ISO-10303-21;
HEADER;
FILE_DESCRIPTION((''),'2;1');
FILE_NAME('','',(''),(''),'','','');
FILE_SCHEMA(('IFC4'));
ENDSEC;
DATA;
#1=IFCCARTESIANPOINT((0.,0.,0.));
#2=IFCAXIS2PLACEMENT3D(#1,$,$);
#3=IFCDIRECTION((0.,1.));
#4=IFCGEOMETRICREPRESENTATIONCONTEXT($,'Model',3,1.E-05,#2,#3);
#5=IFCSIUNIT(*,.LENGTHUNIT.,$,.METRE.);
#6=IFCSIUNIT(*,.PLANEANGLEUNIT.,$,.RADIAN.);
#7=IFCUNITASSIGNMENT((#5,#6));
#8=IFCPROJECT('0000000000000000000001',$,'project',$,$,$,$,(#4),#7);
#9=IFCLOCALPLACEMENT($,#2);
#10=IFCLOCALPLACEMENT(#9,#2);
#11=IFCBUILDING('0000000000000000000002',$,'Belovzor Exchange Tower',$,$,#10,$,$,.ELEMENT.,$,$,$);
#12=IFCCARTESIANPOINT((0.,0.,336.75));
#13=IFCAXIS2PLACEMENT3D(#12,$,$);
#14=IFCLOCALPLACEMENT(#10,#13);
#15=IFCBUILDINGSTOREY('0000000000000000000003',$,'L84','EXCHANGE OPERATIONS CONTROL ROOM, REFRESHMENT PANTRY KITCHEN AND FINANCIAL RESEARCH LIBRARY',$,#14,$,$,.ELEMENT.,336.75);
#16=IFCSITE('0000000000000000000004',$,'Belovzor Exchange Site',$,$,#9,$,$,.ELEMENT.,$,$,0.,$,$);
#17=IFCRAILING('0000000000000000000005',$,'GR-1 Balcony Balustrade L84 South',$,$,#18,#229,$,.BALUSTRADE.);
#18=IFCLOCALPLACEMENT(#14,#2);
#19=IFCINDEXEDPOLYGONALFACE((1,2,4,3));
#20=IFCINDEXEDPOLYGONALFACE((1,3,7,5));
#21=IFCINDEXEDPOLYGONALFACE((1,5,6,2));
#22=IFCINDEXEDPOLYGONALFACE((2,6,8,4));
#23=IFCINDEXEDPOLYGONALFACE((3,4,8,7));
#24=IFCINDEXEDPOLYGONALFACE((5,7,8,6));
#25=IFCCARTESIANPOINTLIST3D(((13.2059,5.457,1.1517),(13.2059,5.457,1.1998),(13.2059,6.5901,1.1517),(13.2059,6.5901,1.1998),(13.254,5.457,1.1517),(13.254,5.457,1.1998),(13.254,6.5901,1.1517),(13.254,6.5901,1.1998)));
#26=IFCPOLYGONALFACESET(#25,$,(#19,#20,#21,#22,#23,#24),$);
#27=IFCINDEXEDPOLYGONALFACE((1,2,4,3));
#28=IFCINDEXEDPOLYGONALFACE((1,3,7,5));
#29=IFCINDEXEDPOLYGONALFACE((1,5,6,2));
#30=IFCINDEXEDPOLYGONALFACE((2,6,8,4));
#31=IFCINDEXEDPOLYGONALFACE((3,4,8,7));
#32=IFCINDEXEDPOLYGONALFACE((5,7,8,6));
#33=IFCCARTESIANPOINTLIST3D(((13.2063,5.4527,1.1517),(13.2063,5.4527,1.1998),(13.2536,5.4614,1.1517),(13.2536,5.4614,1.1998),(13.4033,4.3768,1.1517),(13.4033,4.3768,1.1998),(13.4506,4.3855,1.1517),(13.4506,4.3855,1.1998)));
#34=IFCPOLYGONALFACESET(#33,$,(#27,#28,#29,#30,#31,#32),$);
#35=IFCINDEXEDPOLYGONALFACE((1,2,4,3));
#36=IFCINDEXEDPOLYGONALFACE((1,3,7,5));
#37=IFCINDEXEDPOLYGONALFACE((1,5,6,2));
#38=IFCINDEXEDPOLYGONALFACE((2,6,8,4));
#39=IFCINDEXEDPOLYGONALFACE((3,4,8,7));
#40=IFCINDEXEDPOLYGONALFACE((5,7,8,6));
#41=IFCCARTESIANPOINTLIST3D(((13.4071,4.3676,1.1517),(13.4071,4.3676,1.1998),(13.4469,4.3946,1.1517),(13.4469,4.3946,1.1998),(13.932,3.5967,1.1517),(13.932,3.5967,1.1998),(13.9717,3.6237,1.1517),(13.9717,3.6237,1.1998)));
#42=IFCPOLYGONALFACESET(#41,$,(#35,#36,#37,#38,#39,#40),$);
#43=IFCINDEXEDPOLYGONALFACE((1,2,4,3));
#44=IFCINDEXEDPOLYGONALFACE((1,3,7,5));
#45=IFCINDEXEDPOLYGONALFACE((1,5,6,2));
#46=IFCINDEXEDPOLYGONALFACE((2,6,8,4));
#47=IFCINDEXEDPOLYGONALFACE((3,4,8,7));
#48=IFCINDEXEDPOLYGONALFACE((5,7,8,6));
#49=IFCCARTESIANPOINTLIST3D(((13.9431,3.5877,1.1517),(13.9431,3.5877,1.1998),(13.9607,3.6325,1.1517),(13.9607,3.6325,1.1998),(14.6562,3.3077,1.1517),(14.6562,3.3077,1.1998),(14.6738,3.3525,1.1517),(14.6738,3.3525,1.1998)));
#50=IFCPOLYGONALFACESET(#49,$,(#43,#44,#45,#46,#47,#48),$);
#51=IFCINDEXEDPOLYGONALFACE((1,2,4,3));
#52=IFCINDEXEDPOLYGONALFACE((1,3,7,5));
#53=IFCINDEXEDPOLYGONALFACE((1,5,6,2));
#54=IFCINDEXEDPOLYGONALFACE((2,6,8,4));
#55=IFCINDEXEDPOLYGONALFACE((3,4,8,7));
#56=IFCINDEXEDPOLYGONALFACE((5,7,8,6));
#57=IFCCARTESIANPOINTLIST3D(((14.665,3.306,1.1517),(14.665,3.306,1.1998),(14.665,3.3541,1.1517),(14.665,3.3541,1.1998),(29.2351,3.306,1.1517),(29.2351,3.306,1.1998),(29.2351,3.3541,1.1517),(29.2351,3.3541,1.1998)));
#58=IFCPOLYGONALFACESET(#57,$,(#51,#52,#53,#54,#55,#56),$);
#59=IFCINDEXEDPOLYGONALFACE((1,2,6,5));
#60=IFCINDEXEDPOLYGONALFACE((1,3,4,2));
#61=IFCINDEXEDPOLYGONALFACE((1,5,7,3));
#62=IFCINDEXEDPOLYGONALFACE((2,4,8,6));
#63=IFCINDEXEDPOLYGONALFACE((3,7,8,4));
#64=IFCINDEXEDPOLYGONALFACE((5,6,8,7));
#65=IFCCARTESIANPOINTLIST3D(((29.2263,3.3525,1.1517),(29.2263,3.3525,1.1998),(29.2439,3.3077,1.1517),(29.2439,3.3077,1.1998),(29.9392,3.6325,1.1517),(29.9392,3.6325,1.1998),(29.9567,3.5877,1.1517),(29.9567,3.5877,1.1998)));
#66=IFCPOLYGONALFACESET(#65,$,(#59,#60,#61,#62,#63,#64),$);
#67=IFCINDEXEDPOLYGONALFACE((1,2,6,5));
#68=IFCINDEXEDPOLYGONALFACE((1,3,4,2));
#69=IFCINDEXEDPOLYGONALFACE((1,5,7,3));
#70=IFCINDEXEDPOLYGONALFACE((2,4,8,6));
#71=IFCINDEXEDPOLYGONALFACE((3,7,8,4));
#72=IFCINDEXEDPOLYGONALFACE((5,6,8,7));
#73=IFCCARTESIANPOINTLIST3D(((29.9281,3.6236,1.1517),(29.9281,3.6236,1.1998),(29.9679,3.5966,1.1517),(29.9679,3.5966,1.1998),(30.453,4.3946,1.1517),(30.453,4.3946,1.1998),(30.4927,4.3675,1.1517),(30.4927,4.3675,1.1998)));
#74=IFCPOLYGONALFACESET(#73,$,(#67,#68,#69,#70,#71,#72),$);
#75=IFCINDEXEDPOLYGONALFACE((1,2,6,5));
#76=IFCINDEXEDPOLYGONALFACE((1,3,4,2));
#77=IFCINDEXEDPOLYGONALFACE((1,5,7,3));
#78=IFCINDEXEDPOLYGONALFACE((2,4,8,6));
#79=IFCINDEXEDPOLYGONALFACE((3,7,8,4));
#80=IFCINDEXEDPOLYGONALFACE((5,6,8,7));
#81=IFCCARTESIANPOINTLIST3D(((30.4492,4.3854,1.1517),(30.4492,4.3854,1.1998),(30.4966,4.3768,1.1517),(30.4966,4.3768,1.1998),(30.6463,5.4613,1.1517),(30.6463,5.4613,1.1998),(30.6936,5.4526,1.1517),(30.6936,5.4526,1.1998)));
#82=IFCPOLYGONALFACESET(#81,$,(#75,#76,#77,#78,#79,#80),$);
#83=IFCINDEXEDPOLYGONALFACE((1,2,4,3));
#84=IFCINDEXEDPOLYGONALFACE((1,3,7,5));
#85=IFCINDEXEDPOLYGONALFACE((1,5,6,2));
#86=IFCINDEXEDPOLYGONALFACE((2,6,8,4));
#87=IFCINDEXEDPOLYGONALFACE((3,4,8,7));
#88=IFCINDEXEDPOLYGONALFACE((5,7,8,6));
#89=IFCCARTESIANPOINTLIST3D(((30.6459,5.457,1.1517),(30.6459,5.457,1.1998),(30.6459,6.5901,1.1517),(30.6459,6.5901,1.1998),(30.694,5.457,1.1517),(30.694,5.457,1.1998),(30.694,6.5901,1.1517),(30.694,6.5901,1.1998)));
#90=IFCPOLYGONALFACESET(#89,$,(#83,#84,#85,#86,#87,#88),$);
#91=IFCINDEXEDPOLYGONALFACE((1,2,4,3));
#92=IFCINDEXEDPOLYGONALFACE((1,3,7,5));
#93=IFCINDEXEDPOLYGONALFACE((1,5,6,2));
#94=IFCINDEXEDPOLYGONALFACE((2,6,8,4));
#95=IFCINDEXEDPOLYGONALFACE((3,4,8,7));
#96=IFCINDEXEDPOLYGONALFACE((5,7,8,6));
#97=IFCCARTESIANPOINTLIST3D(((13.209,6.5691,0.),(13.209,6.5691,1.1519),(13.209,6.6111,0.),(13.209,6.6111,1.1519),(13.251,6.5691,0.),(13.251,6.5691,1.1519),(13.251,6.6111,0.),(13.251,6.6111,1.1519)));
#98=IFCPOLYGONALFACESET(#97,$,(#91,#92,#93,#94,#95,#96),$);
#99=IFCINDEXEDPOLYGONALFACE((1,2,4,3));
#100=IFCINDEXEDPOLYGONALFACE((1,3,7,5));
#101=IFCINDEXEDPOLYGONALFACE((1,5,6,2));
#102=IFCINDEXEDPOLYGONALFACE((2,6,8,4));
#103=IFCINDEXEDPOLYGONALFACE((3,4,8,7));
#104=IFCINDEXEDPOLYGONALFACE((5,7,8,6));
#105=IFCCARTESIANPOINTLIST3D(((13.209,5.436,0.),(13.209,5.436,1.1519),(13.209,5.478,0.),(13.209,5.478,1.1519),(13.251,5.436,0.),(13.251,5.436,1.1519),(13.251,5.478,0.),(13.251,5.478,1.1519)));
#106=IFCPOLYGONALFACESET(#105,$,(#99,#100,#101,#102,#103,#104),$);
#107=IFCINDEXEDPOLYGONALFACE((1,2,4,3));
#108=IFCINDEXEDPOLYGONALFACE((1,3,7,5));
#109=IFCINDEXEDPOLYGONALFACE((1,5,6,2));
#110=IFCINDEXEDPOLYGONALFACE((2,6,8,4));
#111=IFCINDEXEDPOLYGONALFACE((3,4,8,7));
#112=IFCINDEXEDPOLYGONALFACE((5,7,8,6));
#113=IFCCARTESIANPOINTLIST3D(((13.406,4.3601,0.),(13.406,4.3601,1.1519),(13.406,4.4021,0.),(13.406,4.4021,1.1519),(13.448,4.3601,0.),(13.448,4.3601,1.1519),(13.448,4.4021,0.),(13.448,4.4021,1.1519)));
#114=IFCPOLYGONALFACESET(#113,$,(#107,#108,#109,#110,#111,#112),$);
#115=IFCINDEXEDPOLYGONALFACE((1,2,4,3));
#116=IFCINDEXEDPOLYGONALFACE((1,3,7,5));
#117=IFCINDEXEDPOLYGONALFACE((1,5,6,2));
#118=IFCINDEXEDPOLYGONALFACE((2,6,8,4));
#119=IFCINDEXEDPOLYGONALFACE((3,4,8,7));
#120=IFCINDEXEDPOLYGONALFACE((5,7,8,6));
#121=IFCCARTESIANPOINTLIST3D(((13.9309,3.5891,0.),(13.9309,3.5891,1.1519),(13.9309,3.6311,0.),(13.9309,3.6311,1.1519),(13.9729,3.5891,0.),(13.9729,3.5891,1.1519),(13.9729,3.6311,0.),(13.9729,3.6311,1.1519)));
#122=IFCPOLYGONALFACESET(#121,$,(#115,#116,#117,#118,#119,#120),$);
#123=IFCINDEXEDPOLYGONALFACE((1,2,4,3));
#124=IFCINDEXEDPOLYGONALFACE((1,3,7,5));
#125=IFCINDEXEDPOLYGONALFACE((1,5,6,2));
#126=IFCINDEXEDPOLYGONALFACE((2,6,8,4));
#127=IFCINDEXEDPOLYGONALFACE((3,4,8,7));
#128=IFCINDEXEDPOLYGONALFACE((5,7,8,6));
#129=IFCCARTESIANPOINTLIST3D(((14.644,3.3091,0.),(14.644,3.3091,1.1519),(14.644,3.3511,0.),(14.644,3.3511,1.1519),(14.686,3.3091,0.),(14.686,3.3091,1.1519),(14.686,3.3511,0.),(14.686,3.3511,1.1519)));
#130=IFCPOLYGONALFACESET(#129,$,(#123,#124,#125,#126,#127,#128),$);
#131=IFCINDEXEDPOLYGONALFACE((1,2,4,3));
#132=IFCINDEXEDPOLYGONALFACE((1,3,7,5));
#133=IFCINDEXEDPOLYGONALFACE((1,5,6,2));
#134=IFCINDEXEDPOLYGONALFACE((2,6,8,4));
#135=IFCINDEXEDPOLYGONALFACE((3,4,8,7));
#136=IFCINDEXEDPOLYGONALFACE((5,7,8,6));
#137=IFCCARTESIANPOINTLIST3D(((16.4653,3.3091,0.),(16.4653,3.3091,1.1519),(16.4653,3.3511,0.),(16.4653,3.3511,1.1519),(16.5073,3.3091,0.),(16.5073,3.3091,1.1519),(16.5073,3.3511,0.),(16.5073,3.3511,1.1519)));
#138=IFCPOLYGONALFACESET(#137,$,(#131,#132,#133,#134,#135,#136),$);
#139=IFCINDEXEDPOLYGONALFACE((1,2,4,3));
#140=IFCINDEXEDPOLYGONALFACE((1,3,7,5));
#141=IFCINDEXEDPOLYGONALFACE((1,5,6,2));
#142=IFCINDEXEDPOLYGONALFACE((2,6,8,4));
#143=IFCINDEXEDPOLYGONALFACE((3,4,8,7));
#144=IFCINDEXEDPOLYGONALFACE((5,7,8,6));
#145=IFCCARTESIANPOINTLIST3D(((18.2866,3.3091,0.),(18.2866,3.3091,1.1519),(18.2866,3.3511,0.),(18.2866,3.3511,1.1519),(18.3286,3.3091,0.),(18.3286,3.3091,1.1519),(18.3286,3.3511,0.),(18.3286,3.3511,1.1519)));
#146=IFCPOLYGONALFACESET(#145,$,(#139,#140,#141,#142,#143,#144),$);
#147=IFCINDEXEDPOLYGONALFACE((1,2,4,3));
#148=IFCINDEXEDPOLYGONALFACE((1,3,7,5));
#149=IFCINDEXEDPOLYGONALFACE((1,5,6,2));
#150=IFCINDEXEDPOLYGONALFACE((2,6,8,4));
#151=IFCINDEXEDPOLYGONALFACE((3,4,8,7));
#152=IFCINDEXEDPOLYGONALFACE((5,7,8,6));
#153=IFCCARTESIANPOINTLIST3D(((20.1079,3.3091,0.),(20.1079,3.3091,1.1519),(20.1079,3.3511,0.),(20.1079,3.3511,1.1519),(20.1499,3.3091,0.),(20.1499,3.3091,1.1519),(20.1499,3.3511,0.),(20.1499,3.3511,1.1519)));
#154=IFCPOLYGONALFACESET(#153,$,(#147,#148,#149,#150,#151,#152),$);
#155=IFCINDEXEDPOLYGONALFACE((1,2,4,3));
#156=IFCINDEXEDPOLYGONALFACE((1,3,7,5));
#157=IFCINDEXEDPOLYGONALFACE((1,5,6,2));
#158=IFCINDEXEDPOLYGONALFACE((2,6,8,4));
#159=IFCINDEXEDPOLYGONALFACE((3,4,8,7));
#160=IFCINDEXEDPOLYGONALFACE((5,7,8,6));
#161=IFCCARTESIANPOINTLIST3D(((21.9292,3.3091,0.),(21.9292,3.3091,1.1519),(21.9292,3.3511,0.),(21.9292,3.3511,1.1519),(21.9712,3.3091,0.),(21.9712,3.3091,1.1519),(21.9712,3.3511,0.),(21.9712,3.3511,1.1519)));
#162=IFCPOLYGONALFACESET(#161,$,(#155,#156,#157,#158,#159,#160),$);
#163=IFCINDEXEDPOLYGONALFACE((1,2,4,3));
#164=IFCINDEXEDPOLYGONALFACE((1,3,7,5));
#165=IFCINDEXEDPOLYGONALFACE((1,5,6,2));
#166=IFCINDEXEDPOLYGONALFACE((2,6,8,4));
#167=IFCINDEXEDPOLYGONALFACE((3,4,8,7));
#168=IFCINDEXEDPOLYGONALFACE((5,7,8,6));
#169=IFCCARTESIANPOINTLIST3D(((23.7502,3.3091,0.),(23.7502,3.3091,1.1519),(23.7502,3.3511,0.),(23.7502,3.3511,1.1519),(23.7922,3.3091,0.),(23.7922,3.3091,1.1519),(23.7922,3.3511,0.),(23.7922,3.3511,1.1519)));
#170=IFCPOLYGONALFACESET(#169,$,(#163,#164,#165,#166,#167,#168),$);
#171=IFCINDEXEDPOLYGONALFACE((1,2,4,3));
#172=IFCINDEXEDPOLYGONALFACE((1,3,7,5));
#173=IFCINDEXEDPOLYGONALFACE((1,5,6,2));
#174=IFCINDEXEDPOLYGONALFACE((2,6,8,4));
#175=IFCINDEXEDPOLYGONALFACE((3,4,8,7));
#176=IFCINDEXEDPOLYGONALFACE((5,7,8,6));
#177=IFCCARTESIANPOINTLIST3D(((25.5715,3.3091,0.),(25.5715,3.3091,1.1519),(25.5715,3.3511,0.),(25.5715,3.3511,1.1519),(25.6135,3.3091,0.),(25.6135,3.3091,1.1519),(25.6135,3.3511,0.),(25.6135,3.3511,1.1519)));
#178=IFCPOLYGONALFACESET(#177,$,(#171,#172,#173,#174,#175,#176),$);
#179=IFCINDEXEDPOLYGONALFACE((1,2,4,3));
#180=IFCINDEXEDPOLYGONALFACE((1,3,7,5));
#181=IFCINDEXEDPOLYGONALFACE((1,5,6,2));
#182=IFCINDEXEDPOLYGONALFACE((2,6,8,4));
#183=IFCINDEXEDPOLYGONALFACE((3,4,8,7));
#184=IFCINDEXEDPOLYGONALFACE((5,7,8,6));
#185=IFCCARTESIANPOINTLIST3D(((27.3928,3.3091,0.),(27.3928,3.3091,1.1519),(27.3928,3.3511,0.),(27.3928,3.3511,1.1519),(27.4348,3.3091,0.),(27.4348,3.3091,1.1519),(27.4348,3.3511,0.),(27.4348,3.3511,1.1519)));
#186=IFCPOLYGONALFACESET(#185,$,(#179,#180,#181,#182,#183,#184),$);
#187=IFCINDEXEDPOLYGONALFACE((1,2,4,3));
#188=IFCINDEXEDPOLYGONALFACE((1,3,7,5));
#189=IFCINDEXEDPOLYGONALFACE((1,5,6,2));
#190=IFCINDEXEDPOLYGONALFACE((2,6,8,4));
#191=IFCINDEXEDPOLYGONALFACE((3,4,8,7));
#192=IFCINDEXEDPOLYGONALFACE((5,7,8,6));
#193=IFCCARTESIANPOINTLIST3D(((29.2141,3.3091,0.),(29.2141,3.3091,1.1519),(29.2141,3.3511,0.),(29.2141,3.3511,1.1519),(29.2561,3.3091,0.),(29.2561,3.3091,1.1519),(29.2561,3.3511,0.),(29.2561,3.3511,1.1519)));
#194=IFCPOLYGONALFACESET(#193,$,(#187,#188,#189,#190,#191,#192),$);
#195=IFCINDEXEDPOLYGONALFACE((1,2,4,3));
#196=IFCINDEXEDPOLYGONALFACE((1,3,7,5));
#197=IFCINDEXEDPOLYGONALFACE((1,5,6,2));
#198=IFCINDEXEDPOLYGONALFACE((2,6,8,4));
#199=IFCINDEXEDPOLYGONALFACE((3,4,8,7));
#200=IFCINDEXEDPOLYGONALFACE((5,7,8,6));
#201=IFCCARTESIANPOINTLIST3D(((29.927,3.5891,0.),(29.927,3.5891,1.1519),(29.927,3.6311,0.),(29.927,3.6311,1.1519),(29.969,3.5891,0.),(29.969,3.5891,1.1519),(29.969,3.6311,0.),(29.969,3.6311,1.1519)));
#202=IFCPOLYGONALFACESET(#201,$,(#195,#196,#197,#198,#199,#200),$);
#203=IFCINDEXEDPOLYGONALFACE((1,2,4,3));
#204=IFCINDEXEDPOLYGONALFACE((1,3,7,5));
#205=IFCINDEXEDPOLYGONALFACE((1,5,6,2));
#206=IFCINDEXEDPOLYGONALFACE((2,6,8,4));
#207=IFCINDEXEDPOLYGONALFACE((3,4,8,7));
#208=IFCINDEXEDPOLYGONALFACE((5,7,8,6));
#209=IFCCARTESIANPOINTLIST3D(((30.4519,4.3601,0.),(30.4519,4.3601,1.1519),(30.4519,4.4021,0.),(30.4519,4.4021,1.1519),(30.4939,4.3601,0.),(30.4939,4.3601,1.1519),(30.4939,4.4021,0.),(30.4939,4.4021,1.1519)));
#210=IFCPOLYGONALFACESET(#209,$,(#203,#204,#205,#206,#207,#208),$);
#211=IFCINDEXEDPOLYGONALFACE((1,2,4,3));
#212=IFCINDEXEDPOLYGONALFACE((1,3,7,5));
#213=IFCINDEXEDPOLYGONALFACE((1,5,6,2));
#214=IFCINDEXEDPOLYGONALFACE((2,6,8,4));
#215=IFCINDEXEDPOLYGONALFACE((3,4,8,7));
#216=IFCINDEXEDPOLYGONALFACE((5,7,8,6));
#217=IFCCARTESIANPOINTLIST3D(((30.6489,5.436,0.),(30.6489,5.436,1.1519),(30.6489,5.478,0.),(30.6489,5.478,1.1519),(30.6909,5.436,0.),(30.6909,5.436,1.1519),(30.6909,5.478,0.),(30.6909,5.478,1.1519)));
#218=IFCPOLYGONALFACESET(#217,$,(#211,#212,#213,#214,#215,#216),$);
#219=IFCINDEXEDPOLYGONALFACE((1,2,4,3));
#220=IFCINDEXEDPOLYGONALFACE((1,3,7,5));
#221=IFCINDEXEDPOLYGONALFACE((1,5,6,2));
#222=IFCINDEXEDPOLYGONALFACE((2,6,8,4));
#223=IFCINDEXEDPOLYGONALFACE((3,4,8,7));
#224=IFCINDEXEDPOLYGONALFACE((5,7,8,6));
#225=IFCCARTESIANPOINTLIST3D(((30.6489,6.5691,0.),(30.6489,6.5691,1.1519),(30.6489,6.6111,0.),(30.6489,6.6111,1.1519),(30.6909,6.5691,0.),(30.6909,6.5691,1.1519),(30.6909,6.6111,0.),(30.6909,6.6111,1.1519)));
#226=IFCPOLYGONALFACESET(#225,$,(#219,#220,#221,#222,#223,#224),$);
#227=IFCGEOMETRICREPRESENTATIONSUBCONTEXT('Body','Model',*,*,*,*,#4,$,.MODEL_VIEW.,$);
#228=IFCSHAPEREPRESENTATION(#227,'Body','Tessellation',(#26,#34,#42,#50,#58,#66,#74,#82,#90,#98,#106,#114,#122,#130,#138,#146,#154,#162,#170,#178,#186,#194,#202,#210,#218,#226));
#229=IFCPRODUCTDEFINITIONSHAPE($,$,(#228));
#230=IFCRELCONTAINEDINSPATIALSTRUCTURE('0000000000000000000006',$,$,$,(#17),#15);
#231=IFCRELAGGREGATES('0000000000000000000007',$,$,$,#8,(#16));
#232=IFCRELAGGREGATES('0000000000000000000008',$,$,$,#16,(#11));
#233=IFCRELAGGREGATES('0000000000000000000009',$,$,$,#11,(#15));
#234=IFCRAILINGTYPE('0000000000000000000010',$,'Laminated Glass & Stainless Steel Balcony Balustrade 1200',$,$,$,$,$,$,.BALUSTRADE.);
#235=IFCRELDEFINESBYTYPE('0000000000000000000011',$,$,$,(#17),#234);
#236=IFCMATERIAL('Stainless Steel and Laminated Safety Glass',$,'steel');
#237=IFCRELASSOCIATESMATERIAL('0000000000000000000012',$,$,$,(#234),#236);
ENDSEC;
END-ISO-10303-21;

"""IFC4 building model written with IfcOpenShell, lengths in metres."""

from ifc_helpers import new_model, si_unit, direction, frame, origin, origin_2d, place, context, subcontext, project, spatial, rectangle, extrude, material, type_object, element, save


model = new_model("IFC4")

# Units and contexts
model_context = context("Model", 3, precision=1e-05, world=origin(), true_north=direction((0.0, 1.0)))
body_context = subcontext(model_context, "Body", "Model", "MODEL_VIEW")
ifc_project = project(units=[si_unit("LENGTHUNIT", "METRE"), si_unit("PLANEANGLEUNIT", "RADIAN")], contexts=[model_context])

# Site, building, storey
site_placement = place(None, origin())
site = spatial("IfcSite", under=ifc_project, at=site_placement, Name="Belovzor Exchange Site", CompositionType="ELEMENT", RefElevation=0.0)
building_placement = place(site_placement, origin())
building = spatial("IfcBuilding", under=site, at=building_placement, Name="Belovzor Exchange Tower", CompositionType="ELEMENT")
storey_placement = place(building_placement, frame((0.0, 0.0, 336.75)))
storey = spatial("IfcBuildingStorey", under=building, at=storey_placement, Name="L84", Description="EXCHANGE OPERATIONS CONTROL ROOM, REFRESHMENT PANTRY KITCHEN AND FINANCIAL RESEARCH LIBRARY", CompositionType="ELEMENT", Elevation=336.75)

# Railing
ifc_material_1 = material(Name="Stainless Steel and Laminated Safety Glass", Category="steel")
railing_type = type_object("IfcRailingType", Name="Laminated Glass & Stainless Steel Balcony Balustrade 1200", PredefinedType="BALUSTRADE", material=ifc_material_1)
railing_placement = place(storey_placement, frame((13.23, 6.5901, 0.0)))
element("IfcRailing", 1, at=railing_placement, inside=storey, type_object=railing_type, Name="GR-1 Balcony Balustrade L84 South", PredefinedType="BALUSTRADE", context=body_context, shape_type="SweptSolid", body=[
    extrude(rectangle(XDim=0.0481, YDim=0.0481, at=origin_2d()), frame((0.0, 0.0, 1.1758), z_axis=(0.0, -1.0, 0.0), x_axis=(1.0, 0.0, 0.0)), (0.0, 0.0, 1.0), 1.1331),
    extrude(rectangle(XDim=0.0481, YDim=0.0481, at=origin_2d()), frame((0.0, -1.1331, 1.1758), z_axis=(0.180123, -0.983644, 0.0), x_axis=(0.983644, 0.180123, 0.0)), (0.0, 0.0, 1.0), 1.0938),
    extrude(rectangle(XDim=0.0481, YDim=0.0481, at=origin_2d()), frame((0.197, -2.209, 1.1758), z_axis=(0.562768, -0.826615, 0.0), x_axis=(0.826615, 0.562768, 0.0)), (0.0, 0.0, 1.0), 0.9326),
    extrude(rectangle(XDim=0.0481, YDim=0.0481, at=origin_2d()), frame((0.7219, -2.98, 1.1758), z_axis=(0.93081, -0.365504, 0.0), x_axis=(0.365504, 0.93081, 0.0)), (0.0, 0.0, 1.0), 0.7661),
    extrude(rectangle(XDim=0.0481, YDim=0.0481, at=origin_2d()), frame((1.4351, -3.26, 1.1758), z_axis=(1.0, 0.0, 0.0), x_axis=(0.0, 1.0, 0.0)), (0.0, 0.0, 1.0), 14.5701),
    extrude(rectangle(XDim=0.0481, YDim=0.0481, at=origin_2d()), frame((16.0051, -3.26, 1.1758), z_axis=(0.930767, 0.365613, 0.0), x_axis=(-0.365613, 0.930767, 0.0)), (0.0, 0.0, 1.0), 0.7659),
    extrude(rectangle(XDim=0.0481, YDim=0.0481, at=origin_2d()), frame((16.718, -2.98, 1.1758), z_axis=(0.562768, 0.826615, 0.0), x_axis=(-0.826615, 0.562768, 0.0)), (0.0, 0.0, 1.0), 0.9326),
    extrude(rectangle(XDim=0.0481, YDim=0.0481, at=origin_2d()), frame((17.2429, -2.209, 1.1758), z_axis=(0.180123, 0.983644, 0.0), x_axis=(-0.983644, 0.180123, 0.0)), (0.0, 0.0, 1.0), 1.0938),
    extrude(rectangle(XDim=0.0481, YDim=0.0481, at=origin_2d()), frame((17.4399, -1.1331, 1.1758), z_axis=(0.0, 1.0, 0.0), x_axis=(-1.0, 0.0, 0.0)), (0.0, 0.0, 1.0), 1.1331),
    extrude(rectangle(XDim=0.042, YDim=0.042, at=origin_2d()), origin(), (0.0, 0.0, 1.0), 1.1519),
    extrude(rectangle(XDim=0.042, YDim=0.042, at=origin_2d()), frame((0.0, -1.1331, 0.0)), (0.0, 0.0, 1.0), 1.1519),
    extrude(rectangle(XDim=0.042, YDim=0.042, at=origin_2d()), frame((0.197, -2.209, 0.0)), (0.0, 0.0, 1.0), 1.1519),
    extrude(rectangle(XDim=0.042, YDim=0.042, at=origin_2d()), frame((0.7219, -2.98, 0.0)), (0.0, 0.0, 1.0), 1.1519),
    extrude(rectangle(XDim=0.042, YDim=0.042, at=origin_2d()), frame((1.4351, -3.26, 0.0)), (0.0, 0.0, 1.0), 1.1519),
    extrude(rectangle(XDim=0.042, YDim=0.042, at=origin_2d()), frame((3.2563, -3.26, 0.0)), (0.0, 0.0, 1.0), 1.1519),
    extrude(rectangle(XDim=0.042, YDim=0.042, at=origin_2d()), frame((5.0776, -3.26, 0.0)), (0.0, 0.0, 1.0), 1.1519),
    extrude(rectangle(XDim=0.042, YDim=0.042, at=origin_2d()), frame((6.8989, -3.26, 0.0)), (0.0, 0.0, 1.0), 1.1519),
    extrude(rectangle(XDim=0.042, YDim=0.042, at=origin_2d()), frame((8.7202, -3.26, 0.0)), (0.0, 0.0, 1.0), 1.1519),
    extrude(rectangle(XDim=0.042, YDim=0.042, at=origin_2d()), frame((10.5413, -3.26, 0.0)), (0.0, 0.0, 1.0), 1.1519),
    extrude(rectangle(XDim=0.042, YDim=0.042, at=origin_2d()), frame((12.3625, -3.26, 0.0)), (0.0, 0.0, 1.0), 1.1519),
    extrude(rectangle(XDim=0.042, YDim=0.042, at=origin_2d()), frame((14.1838, -3.26, 0.0)), (0.0, 0.0, 1.0), 1.1519),
    extrude(rectangle(XDim=0.042, YDim=0.042, at=origin_2d()), frame((16.0051, -3.26, 0.0)), (0.0, 0.0, 1.0), 1.1519),
    extrude(rectangle(XDim=0.042, YDim=0.042, at=origin_2d()), frame((16.718, -2.98, 0.0)), (0.0, 0.0, 1.0), 1.1519),
    extrude(rectangle(XDim=0.042, YDim=0.042, at=origin_2d()), frame((17.2429, -2.209, 0.0)), (0.0, 0.0, 1.0), 1.1519),
    extrude(rectangle(XDim=0.042, YDim=0.042, at=origin_2d()), frame((17.4399, -1.1331, 0.0)), (0.0, 0.0, 1.0), 1.1519),
    extrude(rectangle(XDim=0.042, YDim=0.042, at=origin_2d()), frame((17.4399, 0.0, 0.0)), (0.0, 0.0, 1.0), 1.1519),
])

save(model, "model.ifc")
